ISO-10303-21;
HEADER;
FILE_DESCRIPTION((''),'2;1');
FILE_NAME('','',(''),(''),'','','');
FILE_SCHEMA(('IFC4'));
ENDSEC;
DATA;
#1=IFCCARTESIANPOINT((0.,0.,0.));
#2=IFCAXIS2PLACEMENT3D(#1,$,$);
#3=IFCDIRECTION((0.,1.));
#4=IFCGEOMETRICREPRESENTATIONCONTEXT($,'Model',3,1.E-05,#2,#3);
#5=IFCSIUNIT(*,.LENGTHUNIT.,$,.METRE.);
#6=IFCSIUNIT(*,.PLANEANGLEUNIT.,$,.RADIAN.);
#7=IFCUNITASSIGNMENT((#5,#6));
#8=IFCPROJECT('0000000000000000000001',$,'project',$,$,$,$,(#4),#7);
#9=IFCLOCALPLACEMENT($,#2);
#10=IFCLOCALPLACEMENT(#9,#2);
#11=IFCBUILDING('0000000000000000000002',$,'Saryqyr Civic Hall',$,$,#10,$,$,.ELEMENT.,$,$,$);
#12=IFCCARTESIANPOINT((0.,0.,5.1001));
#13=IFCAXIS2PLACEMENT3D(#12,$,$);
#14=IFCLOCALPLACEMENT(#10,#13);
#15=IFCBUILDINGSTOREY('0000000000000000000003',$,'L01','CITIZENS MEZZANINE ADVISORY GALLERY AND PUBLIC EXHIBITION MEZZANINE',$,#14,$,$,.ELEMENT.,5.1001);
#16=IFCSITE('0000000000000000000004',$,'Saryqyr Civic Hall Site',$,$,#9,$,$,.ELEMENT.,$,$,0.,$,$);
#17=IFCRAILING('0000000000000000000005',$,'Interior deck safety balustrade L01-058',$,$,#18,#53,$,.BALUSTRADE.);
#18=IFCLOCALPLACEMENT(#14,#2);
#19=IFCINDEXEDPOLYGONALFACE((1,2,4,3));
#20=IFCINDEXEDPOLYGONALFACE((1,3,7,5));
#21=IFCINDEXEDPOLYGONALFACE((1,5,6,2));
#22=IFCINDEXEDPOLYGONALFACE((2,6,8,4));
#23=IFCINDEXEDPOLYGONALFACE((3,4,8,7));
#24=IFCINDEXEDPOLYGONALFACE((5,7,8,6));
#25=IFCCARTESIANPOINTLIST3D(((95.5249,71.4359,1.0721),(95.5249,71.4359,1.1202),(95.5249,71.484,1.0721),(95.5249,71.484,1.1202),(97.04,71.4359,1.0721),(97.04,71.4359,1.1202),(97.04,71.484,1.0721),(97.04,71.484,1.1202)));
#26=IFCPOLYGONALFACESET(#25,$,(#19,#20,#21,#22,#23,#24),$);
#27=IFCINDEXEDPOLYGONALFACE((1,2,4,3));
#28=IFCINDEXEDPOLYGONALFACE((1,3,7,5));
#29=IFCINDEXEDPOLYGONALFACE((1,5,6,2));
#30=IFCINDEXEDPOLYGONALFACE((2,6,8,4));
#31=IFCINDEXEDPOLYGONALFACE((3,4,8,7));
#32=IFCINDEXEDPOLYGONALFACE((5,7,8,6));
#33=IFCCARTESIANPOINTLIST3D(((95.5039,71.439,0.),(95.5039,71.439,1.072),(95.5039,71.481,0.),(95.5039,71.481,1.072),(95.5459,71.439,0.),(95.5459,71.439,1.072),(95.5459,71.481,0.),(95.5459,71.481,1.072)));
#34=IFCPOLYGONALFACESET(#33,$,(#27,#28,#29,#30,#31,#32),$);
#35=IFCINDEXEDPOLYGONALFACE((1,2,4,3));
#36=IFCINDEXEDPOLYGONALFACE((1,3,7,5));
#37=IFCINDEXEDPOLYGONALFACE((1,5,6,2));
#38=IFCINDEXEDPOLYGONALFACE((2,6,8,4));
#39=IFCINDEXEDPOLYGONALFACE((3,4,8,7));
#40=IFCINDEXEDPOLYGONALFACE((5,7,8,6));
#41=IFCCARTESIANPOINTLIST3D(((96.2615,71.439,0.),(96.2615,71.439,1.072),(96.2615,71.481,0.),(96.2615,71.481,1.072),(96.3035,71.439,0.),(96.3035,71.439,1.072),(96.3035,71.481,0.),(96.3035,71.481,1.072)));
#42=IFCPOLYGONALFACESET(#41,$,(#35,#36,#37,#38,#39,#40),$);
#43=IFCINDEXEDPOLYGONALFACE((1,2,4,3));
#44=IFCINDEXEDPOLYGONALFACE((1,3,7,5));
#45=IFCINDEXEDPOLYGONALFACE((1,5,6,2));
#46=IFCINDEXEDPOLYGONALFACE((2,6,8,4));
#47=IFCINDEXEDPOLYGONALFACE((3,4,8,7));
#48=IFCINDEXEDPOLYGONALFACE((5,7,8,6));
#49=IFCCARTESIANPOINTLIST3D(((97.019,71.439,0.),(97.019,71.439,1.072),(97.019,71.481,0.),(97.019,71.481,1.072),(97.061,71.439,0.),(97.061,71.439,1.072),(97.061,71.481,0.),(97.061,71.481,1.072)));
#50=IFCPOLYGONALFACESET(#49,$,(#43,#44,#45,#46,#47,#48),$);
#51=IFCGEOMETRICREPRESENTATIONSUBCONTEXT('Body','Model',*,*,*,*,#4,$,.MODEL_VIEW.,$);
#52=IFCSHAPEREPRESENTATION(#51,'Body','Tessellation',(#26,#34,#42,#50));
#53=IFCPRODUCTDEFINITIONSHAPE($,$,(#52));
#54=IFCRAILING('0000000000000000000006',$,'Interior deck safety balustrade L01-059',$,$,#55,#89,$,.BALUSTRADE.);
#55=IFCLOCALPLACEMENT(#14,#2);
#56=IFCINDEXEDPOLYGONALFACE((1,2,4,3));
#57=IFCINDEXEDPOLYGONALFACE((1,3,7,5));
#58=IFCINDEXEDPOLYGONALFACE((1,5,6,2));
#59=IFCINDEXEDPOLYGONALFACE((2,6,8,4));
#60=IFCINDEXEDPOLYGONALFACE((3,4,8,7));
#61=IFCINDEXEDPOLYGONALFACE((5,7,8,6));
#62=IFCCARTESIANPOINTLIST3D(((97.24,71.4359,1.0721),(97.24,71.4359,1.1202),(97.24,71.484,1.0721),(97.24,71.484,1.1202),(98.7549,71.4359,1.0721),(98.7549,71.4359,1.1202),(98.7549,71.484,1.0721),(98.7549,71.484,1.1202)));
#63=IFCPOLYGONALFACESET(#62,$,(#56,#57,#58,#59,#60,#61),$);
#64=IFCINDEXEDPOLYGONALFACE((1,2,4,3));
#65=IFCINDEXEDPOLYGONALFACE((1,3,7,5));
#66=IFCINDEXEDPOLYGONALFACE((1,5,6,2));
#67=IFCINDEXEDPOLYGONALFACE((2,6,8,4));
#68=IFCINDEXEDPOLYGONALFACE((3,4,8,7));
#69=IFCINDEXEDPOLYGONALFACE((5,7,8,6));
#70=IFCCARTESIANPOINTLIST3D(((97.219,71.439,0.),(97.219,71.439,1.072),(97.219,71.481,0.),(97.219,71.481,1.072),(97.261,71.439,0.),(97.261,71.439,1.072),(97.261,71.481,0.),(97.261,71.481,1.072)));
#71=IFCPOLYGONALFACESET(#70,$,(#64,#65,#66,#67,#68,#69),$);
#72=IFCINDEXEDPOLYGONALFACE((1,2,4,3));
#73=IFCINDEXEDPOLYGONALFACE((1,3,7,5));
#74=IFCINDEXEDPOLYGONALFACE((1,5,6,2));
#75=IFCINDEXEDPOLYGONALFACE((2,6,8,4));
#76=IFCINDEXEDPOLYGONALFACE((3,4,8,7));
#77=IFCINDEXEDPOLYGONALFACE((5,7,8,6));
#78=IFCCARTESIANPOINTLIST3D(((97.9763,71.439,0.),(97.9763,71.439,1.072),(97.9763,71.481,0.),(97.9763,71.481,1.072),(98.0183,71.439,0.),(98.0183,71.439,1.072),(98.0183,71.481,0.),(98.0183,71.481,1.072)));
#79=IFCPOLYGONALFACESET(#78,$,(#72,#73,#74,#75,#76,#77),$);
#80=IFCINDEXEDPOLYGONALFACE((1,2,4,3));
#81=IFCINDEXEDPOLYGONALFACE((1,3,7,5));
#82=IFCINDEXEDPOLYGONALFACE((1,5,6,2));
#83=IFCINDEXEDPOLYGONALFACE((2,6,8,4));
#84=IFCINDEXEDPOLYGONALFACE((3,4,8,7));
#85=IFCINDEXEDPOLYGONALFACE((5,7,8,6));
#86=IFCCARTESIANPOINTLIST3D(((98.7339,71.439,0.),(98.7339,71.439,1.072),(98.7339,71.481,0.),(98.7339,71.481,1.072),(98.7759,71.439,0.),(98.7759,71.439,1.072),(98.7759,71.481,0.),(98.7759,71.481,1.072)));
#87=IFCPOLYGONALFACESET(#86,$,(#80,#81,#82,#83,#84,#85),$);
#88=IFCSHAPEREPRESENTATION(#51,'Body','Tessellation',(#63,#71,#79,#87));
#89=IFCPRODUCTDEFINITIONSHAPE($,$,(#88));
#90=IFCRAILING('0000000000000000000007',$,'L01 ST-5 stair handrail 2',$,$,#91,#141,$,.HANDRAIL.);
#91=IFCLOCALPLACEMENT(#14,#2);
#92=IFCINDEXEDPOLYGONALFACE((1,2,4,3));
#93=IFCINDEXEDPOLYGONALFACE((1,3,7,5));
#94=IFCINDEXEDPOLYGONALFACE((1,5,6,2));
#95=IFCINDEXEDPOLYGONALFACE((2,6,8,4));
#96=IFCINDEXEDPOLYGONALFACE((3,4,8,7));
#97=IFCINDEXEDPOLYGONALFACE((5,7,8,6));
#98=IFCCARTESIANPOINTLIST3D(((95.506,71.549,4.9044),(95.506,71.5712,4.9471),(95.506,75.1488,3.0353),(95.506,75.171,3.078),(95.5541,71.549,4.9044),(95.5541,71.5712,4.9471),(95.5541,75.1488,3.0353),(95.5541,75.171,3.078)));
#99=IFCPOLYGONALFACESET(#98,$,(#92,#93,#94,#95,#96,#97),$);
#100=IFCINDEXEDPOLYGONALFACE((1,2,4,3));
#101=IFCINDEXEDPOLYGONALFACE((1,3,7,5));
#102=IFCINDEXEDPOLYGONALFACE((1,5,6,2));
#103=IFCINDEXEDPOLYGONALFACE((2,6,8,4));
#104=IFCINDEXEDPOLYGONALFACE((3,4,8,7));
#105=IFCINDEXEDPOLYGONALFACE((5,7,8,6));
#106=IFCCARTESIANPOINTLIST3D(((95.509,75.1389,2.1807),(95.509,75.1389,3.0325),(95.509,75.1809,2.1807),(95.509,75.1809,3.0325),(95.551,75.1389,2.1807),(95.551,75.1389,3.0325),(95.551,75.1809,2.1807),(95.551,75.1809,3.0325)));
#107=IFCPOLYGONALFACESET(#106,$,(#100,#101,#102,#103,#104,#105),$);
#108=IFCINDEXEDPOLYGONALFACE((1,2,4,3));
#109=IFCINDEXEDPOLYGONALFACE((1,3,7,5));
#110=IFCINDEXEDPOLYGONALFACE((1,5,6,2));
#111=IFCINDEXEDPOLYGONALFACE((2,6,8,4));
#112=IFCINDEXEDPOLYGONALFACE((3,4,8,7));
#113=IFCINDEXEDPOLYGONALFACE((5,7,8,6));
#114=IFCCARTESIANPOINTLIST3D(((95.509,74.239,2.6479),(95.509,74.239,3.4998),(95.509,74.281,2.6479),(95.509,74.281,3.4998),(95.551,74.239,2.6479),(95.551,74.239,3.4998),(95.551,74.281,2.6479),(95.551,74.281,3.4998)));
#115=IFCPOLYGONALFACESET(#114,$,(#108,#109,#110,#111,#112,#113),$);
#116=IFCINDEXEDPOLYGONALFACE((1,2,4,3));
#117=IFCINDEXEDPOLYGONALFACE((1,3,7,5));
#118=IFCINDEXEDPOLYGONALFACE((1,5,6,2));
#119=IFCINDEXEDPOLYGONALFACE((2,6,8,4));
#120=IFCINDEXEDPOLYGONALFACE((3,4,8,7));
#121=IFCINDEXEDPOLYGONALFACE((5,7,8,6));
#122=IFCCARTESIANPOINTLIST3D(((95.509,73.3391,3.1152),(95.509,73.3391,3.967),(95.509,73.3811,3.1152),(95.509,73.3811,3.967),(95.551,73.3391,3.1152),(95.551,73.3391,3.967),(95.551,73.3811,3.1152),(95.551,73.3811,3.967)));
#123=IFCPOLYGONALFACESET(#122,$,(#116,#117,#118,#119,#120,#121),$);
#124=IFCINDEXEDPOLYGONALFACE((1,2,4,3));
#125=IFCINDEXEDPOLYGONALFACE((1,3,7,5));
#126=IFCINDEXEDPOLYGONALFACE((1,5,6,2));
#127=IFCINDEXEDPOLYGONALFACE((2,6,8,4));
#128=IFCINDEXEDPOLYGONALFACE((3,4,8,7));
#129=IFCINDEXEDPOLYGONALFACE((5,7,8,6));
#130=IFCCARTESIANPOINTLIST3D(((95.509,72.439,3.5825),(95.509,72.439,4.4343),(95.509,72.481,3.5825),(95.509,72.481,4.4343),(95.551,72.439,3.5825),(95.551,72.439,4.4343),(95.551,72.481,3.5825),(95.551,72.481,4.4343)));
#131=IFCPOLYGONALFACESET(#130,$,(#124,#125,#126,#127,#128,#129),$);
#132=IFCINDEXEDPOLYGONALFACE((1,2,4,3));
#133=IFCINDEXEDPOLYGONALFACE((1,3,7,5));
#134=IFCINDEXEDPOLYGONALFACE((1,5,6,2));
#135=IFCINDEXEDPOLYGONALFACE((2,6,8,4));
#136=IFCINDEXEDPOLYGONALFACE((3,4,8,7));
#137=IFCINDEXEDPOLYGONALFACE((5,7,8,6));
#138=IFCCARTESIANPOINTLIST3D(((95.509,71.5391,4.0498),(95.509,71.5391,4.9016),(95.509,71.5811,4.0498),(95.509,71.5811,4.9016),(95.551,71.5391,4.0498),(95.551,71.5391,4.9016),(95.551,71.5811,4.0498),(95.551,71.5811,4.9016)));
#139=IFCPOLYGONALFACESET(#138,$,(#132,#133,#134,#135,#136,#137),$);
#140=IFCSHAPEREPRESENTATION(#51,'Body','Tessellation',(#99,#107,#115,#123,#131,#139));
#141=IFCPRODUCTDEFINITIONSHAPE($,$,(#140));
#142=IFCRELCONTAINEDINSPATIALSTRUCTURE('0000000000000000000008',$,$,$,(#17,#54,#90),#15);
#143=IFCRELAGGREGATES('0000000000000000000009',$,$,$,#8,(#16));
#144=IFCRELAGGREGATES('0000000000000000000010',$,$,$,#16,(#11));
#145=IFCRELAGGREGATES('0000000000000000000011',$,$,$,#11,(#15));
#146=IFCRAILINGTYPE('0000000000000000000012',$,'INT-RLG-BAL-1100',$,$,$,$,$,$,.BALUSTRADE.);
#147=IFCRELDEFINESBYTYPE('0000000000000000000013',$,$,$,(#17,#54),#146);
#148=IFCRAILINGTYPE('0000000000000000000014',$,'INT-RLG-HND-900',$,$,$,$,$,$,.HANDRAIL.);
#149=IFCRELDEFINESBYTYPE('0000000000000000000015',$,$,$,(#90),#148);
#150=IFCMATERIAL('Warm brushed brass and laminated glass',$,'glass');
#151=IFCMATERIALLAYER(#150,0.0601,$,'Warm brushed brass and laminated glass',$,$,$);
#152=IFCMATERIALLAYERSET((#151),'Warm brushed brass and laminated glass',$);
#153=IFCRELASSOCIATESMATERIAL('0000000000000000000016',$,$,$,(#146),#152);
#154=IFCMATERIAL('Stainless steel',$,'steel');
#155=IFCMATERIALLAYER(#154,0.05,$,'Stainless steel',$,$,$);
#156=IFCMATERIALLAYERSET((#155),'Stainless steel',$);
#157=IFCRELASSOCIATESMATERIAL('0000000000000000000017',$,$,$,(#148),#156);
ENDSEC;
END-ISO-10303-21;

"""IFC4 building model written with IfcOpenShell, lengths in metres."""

from ifc_helpers import new_model, si_unit, direction, frame, origin, origin_2d, place, context, subcontext, project, spatial, rectangle, extrude, material, layer, layer_set, type_object, element, save


model = new_model("IFC4")

# Units and contexts
model_context = context("Model", 3, precision=1e-05, world=origin(), true_north=direction((0.0, 1.0)))
body_context = subcontext(model_context, "Body", "Model", "MODEL_VIEW")
ifc_project = project(units=[si_unit("LENGTHUNIT", "METRE"), si_unit("PLANEANGLEUNIT", "RADIAN")], contexts=[model_context])

# Site, building, storey
site_placement = place(None, origin())
site = spatial("IfcSite", under=ifc_project, at=site_placement, Name="Saryqyr Civic Hall Site", CompositionType="ELEMENT", RefElevation=0.0)
building_placement = place(site_placement, origin())
building = spatial("IfcBuilding", under=site, at=building_placement, Name="Saryqyr Civic Hall", CompositionType="ELEMENT")
storey_placement = place(building_placement, frame((0.0, 0.0, 5.1001)))
storey = spatial("IfcBuildingStorey", under=building, at=storey_placement, Name="L01", Description="CITIZENS MEZZANINE ADVISORY GALLERY AND PUBLIC EXHIBITION MEZZANINE", CompositionType="ELEMENT", Elevation=5.1001)

# Railings
ifc_material_1 = material(Name="Warm brushed brass and laminated glass", Category="glass")
ifc_layer_1 = layer(ifc_material_1, 0.0601, Name="Warm brushed brass and laminated glass")
ifc_layer_set_1 = layer_set([ifc_layer_1], Name="Warm brushed brass and laminated glass")
railing_type_1 = type_object("IfcRailingType", Name="INT-RLG-BAL-1100", PredefinedType="BALUSTRADE", material=ifc_layer_set_1)
railing_1_placement = place(storey_placement, frame((95.5249, 71.46, 0.0)))
element("IfcRailing", 1, at=railing_1_placement, inside=storey, type_object=railing_type_1, Name="Interior deck safety balustrade L01-058", PredefinedType="BALUSTRADE", context=body_context, shape_type="SweptSolid", body=[
    extrude(rectangle(XDim=0.0481, YDim=0.0481, at=origin_2d()), frame((0.0, 0.0, 1.0962), z_axis=(1.0, 0.0, 0.0), x_axis=(0.0, 1.0, 0.0)), (0.0, 0.0, 1.0), 1.5151),
    extrude(rectangle(XDim=0.042, YDim=0.042, at=origin_2d()), origin(), (0.0, 0.0, 1.0), 1.072),
    extrude(rectangle(XDim=0.042, YDim=0.042, at=origin_2d()), frame((0.7576, 0.0, 0.0)), (0.0, 0.0, 1.0), 1.072),
    extrude(rectangle(XDim=0.042, YDim=0.042, at=origin_2d()), frame((1.5151, 0.0, 0.0)), (0.0, 0.0, 1.0), 1.072),
])
railing_2_placement = place(storey_placement, frame((97.24, 71.46, 0.0)))
element("IfcRailing", 2, at=railing_2_placement, inside=storey, type_object=railing_type_1, Name="Interior deck safety balustrade L01-059", PredefinedType="BALUSTRADE", context=body_context, shape_type="SweptSolid", body=[
    extrude(rectangle(XDim=0.0481, YDim=0.0481, at=origin_2d()), frame((0.0, 0.0, 1.0962), z_axis=(1.0, 0.0, 0.0), x_axis=(0.0, 1.0, 0.0)), (0.0, 0.0, 1.0), 1.5149),
    extrude(rectangle(XDim=0.042, YDim=0.042, at=origin_2d()), origin(), (0.0, 0.0, 1.0), 1.072),
    extrude(rectangle(XDim=0.042, YDim=0.042, at=origin_2d()), frame((0.7573, 0.0, 0.0)), (0.0, 0.0, 1.0), 1.072),
    extrude(rectangle(XDim=0.042, YDim=0.042, at=origin_2d()), frame((1.5149, 0.0, 0.0)), (0.0, 0.0, 1.0), 1.072),
])
ifc_material_2 = material(Name="Stainless steel", Category="steel")
ifc_layer_2 = layer(ifc_material_2, 0.05, Name="Stainless steel")
ifc_layer_set_2 = layer_set([ifc_layer_2], Name="Stainless steel")
railing_type_2 = type_object("IfcRailingType", Name="INT-RLG-HND-900", PredefinedType="HANDRAIL", material=ifc_layer_set_2)
railing_3_placement = place(storey_placement, frame((95.53, 75.1599, 2.1807)))
element("IfcRailing", 3, at=railing_3_placement, inside=storey, type_object=railing_type_2, Name="L01 ST-5 stair handrail 2", PredefinedType="HANDRAIL", context=body_context, shape_type="SweptSolid", body=[
    extrude(rectangle(XDim=0.0481, YDim=0.0481, at=origin_2d()), frame((0.0, 0.0, 0.876), z_axis=(0.0, -0.887497, 0.460813), x_axis=(1.0, 0.0, 0.0)), (0.0, 0.0, 1.0), 4.0562),
    extrude(rectangle(XDim=0.042, YDim=0.042, at=origin_2d()), origin(), (0.0, 0.0, 1.0), 0.8518),
    extrude(rectangle(XDim=0.042, YDim=0.042, at=origin_2d()), frame((0.0, -0.8999, 0.4673)), (0.0, 0.0, 1.0), 0.8518),
    extrude(rectangle(XDim=0.042, YDim=0.042, at=origin_2d()), frame((0.0, -1.7998, 0.9346)), (0.0, 0.0, 1.0), 0.8518),
    extrude(rectangle(XDim=0.042, YDim=0.042, at=origin_2d()), frame((0.0, -2.7, 1.4019)), (0.0, 0.0, 1.0), 0.8518),
    extrude(rectangle(XDim=0.042, YDim=0.042, at=origin_2d()), frame((0.0, -3.5999, 1.8691)), (0.0, 0.0, 1.0), 0.8518),
])

save(model, "model.ifc")
